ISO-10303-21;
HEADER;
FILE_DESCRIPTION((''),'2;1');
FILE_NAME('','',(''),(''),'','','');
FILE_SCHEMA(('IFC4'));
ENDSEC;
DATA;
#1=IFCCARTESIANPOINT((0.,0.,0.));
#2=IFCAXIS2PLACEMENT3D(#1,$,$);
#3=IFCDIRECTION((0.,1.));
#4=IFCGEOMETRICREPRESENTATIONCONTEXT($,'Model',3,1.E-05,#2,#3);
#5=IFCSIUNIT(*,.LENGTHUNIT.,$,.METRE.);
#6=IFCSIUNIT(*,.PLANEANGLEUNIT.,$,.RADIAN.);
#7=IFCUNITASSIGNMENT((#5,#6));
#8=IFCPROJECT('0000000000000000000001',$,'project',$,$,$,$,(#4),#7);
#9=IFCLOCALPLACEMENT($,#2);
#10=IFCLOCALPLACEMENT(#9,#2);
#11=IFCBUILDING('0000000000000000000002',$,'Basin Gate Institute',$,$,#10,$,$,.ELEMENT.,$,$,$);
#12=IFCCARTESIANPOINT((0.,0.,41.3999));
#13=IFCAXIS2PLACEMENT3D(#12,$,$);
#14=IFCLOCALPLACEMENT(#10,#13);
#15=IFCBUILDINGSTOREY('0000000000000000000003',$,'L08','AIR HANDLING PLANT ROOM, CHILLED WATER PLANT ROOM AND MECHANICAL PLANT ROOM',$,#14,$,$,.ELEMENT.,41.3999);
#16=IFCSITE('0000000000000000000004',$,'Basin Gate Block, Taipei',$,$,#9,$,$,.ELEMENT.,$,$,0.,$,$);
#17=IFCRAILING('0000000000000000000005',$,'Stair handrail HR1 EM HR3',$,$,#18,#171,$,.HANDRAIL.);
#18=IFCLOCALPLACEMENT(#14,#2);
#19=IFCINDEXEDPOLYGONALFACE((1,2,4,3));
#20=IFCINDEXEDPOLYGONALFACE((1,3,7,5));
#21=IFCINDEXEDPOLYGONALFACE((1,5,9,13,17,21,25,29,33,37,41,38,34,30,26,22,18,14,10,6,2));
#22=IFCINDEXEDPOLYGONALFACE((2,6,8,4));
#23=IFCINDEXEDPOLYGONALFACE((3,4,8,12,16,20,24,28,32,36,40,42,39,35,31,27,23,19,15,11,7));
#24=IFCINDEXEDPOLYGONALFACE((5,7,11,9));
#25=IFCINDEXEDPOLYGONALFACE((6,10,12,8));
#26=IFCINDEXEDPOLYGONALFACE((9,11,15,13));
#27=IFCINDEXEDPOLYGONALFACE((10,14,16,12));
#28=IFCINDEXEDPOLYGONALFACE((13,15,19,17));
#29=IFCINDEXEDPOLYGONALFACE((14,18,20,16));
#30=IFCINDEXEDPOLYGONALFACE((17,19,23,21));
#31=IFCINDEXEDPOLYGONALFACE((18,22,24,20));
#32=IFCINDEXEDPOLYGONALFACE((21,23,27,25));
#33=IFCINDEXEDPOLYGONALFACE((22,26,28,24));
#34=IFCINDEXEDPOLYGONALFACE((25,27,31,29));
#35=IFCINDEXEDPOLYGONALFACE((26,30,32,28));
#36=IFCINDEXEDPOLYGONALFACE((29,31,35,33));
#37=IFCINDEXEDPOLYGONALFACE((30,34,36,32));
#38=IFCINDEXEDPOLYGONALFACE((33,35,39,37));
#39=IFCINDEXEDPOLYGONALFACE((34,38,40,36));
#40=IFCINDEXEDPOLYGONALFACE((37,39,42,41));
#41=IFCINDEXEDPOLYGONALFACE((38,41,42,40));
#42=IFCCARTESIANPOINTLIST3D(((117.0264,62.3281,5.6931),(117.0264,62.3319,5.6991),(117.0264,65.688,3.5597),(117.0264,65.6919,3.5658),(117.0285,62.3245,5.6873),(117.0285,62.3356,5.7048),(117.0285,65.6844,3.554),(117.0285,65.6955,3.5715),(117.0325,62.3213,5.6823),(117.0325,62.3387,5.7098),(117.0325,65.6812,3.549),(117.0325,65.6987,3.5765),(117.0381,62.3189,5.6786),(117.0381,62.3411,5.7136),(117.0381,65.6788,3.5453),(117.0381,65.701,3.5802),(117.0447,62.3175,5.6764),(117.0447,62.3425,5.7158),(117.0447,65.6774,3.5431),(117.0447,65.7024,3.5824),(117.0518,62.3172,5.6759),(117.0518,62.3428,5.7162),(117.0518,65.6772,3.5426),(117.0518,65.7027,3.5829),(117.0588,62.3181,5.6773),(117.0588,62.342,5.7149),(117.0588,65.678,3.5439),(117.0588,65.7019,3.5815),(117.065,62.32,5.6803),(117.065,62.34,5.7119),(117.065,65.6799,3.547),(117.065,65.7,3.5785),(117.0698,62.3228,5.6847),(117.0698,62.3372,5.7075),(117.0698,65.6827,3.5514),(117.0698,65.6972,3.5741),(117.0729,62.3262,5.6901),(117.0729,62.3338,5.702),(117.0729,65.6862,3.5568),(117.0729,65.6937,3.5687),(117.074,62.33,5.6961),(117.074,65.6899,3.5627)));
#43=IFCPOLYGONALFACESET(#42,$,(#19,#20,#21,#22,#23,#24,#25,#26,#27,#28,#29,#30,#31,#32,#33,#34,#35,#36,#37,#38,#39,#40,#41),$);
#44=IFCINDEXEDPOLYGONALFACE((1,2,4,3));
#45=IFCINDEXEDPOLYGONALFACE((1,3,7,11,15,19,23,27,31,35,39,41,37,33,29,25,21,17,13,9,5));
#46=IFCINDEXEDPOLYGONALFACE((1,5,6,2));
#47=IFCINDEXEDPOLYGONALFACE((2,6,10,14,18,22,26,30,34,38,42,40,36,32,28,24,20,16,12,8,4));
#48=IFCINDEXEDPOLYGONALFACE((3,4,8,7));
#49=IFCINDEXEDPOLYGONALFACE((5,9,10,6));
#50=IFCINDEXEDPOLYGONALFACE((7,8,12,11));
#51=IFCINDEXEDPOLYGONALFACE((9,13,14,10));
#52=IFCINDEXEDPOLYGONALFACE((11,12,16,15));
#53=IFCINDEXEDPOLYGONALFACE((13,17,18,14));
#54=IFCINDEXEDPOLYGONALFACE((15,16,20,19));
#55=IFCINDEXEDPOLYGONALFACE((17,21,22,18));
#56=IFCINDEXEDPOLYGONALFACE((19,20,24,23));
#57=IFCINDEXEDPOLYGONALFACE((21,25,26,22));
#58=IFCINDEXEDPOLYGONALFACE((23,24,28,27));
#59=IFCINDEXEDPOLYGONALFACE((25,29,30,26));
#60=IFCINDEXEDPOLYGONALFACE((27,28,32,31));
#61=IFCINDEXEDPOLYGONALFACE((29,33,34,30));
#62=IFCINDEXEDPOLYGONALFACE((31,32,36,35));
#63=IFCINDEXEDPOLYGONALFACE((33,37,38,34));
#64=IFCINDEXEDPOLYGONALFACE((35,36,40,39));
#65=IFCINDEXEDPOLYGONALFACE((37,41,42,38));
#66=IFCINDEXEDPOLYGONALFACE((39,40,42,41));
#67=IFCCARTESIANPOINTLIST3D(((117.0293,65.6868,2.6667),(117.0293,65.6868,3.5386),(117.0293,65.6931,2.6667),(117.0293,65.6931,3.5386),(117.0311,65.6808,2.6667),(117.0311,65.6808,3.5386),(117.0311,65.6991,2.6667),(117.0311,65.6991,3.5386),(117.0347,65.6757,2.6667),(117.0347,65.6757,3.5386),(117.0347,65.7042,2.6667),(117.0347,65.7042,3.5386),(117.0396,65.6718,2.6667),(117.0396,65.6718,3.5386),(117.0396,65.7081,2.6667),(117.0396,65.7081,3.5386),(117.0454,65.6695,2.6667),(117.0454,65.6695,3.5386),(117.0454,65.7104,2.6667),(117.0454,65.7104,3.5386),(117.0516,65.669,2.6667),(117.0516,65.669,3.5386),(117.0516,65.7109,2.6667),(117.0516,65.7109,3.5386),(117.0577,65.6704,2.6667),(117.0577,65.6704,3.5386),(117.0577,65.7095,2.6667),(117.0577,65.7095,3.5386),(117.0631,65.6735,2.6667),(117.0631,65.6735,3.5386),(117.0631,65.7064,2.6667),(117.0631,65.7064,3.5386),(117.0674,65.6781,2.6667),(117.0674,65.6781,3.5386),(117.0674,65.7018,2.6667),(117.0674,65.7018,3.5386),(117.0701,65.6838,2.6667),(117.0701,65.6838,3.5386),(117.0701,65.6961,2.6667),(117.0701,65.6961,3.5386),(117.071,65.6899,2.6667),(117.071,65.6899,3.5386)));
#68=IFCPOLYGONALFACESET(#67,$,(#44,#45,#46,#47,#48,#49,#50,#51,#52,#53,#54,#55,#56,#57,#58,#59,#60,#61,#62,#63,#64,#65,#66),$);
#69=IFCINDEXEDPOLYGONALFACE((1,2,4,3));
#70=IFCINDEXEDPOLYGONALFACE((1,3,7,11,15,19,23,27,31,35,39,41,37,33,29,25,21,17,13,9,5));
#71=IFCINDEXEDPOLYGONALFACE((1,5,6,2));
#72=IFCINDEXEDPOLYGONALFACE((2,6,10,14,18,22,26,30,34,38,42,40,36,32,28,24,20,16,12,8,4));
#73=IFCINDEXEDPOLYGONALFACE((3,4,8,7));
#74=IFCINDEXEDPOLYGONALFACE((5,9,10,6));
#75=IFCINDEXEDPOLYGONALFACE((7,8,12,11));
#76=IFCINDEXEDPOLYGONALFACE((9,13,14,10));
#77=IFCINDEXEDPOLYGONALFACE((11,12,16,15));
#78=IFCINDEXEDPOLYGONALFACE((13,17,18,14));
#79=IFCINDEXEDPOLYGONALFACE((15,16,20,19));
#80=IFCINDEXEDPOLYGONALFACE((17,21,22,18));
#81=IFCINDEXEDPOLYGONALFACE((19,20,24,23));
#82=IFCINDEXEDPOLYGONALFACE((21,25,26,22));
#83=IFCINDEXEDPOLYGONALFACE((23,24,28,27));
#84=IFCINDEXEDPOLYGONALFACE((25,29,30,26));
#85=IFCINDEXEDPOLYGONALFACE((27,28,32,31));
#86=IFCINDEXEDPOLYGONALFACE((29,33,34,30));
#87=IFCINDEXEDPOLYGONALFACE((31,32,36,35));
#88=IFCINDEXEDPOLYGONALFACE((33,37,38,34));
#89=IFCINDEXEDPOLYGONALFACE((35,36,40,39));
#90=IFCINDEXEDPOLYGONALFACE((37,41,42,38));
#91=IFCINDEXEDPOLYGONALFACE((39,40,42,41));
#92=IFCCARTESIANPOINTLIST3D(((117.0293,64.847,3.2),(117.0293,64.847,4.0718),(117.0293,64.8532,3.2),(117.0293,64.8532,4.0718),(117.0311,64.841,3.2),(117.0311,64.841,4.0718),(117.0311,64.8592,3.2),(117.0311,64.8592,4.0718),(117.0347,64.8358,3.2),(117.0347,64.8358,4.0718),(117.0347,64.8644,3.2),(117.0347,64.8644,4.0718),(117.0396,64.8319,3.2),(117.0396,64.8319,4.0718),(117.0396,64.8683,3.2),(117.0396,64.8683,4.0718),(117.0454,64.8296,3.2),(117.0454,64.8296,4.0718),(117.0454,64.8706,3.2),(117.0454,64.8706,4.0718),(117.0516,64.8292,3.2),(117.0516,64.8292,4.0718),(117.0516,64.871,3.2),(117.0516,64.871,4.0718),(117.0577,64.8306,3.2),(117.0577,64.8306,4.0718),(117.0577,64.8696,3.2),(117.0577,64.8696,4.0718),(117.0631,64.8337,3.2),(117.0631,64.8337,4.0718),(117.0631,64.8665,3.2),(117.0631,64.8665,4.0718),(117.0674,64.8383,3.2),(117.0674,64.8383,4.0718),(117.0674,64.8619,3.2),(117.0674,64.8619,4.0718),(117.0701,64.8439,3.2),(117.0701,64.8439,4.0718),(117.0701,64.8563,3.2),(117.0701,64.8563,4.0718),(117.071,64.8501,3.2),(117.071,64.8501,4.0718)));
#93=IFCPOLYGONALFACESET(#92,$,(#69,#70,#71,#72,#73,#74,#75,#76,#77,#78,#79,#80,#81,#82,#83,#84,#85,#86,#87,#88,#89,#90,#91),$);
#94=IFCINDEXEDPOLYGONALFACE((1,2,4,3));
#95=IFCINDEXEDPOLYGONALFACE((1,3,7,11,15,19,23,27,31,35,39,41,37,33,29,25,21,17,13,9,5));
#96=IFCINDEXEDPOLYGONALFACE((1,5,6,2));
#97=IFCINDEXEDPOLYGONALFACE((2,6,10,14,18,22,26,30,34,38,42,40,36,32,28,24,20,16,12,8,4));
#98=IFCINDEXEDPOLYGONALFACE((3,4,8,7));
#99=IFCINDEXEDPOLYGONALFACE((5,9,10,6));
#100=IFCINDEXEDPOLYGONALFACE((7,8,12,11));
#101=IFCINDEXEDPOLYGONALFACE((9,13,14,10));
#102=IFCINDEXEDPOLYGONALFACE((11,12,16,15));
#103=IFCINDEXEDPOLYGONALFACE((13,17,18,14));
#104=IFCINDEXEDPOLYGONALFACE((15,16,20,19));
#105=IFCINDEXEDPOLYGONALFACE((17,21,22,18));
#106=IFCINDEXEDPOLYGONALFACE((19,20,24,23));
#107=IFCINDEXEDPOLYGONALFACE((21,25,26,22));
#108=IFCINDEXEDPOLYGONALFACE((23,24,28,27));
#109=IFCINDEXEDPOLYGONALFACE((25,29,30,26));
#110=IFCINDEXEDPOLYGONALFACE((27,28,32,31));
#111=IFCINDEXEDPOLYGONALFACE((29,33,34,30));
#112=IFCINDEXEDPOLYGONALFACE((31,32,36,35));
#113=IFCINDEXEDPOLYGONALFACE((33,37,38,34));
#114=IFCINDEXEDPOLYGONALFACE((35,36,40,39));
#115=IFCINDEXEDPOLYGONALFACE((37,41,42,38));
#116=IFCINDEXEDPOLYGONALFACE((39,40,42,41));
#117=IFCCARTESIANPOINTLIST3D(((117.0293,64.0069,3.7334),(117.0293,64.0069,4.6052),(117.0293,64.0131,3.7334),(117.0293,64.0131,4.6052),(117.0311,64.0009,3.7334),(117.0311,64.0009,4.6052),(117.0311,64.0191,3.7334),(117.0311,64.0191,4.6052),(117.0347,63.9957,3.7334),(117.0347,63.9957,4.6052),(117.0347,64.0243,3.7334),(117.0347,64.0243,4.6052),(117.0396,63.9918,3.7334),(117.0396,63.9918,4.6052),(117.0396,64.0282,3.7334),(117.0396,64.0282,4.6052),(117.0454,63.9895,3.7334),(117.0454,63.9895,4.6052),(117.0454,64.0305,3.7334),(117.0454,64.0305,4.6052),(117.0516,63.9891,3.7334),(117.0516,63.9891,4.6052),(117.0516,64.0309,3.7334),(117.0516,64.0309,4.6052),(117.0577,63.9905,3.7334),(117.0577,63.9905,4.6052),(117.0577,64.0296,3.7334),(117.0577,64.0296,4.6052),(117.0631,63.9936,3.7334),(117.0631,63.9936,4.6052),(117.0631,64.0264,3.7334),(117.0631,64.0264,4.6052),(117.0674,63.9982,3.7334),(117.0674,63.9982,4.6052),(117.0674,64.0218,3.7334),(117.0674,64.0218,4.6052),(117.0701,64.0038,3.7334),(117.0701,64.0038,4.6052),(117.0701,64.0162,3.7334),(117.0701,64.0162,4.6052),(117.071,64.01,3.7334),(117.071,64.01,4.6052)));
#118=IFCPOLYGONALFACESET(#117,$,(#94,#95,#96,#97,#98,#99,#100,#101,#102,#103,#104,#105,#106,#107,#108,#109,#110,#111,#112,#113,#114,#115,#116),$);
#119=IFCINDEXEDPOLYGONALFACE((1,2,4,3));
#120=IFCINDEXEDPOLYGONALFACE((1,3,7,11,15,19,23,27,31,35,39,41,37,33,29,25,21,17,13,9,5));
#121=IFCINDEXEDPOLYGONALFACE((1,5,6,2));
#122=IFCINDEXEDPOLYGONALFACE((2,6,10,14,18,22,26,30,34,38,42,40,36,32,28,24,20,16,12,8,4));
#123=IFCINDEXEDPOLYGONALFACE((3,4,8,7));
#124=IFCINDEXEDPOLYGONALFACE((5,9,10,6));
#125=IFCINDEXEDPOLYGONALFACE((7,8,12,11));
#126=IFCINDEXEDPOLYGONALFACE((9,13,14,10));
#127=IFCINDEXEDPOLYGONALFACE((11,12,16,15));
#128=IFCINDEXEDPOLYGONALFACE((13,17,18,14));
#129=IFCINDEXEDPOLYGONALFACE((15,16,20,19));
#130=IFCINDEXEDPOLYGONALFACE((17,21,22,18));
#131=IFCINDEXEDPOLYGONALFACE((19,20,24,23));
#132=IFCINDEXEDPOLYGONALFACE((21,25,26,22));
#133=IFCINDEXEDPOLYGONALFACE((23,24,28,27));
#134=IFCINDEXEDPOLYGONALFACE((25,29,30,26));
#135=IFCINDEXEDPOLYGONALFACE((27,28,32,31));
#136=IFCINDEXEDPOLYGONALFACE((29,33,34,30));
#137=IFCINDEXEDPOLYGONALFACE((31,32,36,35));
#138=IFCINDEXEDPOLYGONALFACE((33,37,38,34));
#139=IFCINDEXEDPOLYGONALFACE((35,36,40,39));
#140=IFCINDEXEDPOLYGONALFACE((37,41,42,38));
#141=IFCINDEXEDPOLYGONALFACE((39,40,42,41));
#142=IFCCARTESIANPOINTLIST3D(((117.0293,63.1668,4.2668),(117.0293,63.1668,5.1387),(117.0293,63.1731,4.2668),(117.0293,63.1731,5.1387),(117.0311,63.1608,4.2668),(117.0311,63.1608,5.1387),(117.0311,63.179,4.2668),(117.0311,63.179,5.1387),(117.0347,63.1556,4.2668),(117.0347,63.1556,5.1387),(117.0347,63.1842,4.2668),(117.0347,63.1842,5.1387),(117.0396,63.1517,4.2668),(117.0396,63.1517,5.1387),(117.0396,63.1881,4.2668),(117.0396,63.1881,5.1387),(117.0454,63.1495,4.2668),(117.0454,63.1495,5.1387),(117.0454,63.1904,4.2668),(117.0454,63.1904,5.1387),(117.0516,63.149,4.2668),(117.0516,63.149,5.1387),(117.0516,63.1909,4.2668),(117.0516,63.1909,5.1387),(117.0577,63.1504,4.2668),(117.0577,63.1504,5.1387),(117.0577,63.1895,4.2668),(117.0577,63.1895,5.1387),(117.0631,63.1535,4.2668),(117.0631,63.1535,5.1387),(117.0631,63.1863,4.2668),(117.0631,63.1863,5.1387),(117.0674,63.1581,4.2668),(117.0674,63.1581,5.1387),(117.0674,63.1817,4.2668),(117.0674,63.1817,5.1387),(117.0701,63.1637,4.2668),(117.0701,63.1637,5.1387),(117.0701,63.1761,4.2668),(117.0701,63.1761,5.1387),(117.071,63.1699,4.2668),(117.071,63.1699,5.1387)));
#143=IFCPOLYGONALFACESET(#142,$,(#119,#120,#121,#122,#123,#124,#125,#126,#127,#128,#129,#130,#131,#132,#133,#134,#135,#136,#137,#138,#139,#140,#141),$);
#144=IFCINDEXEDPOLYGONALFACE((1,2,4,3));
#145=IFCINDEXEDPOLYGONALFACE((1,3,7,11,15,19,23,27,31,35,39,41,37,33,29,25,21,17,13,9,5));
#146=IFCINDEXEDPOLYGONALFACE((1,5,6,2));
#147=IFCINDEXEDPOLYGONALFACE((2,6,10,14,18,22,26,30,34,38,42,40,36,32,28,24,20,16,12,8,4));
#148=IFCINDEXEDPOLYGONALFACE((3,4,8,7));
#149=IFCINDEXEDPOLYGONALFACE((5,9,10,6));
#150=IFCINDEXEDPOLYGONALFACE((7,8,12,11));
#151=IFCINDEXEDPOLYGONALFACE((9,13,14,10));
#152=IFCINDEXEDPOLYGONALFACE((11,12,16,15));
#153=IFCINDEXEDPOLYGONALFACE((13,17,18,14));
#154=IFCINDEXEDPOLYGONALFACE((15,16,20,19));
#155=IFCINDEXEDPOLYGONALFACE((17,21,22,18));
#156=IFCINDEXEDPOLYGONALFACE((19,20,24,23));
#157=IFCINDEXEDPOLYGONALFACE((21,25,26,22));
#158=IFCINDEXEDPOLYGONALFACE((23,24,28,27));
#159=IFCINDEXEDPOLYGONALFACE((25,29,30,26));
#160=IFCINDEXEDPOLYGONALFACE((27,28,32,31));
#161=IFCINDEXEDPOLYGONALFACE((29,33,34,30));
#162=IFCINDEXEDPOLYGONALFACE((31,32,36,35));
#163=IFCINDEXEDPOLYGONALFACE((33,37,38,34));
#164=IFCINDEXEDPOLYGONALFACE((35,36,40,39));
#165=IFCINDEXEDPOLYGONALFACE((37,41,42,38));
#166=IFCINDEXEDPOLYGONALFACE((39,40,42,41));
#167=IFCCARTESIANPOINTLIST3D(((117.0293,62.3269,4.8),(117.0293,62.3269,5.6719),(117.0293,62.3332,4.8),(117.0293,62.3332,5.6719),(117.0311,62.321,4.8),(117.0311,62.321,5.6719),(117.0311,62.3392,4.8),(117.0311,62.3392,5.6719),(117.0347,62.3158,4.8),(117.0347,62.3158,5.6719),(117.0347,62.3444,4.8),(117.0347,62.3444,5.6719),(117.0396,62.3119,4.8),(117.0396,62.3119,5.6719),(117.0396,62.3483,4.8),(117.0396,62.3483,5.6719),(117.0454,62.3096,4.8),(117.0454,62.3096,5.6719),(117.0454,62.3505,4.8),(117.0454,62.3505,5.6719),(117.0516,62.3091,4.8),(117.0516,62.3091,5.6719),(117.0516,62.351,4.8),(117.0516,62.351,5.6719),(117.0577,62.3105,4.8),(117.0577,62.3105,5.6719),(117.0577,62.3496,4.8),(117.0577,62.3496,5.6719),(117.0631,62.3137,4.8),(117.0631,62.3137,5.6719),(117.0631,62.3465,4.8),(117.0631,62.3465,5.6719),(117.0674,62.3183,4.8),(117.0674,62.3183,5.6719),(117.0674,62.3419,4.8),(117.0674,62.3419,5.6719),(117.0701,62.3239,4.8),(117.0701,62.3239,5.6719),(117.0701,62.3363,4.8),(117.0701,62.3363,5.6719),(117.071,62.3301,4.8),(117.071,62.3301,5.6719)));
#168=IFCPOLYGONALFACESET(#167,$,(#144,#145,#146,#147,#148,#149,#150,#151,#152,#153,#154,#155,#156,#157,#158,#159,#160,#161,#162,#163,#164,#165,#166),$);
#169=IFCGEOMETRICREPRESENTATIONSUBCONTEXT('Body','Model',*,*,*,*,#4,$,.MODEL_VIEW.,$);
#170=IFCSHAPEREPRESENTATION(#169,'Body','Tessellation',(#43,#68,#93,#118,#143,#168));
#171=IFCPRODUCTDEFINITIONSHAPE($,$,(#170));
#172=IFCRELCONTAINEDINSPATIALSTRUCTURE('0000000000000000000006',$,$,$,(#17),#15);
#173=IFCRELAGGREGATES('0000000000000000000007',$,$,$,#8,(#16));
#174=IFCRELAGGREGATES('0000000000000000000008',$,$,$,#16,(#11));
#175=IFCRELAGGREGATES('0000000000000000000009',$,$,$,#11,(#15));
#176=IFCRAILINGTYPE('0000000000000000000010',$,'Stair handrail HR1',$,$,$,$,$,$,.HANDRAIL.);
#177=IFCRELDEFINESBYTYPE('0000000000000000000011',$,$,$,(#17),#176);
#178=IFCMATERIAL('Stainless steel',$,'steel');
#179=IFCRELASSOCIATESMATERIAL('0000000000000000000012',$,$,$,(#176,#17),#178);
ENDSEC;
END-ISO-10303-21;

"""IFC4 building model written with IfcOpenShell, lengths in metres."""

from ifc_helpers import new_model, si_unit, direction, frame, origin, origin_2d, place, context, subcontext, project, spatial, circle, extrude, material, type_object, element, save


model = new_model("IFC4")

# Units and contexts
model_context = context("Model", 3, precision=1e-05, world=origin(), true_north=direction((0.0, 1.0)))
body_context = subcontext(model_context, "Body", "Model", "MODEL_VIEW")
ifc_project = project(units=[si_unit("LENGTHUNIT", "METRE"), si_unit("PLANEANGLEUNIT", "RADIAN")], contexts=[model_context])

# Site, building, storey
site_placement = place(None, origin())
site = spatial("IfcSite", under=ifc_project, at=site_placement, Name="Basin Gate Block, Taipei", CompositionType="ELEMENT", RefElevation=0.0)
building_placement = place(site_placement, origin())
building = spatial("IfcBuilding", under=site, at=building_placement, Name="Basin Gate Institute", CompositionType="ELEMENT")
storey_placement = place(building_placement, frame((0.0, 0.0, 41.3999)))
storey = spatial("IfcBuildingStorey", under=building, at=storey_placement, Name="L08", Description="AIR HANDLING PLANT ROOM, CHILLED WATER PLANT ROOM AND MECHANICAL PLANT ROOM", CompositionType="ELEMENT", Elevation=41.3999)

# Railing
ifc_material_1 = material(Name="Stainless steel", Category="steel")
railing_type_1 = type_object("IfcRailingType", Name="Stair handrail HR1", PredefinedType="HANDRAIL", material=ifc_material_1)
railing_1_placement = place(storey_placement, frame((117.05, 65.6899, 2.6667)))
element("IfcRailing", 1, at=railing_1_placement, inside=storey, type_object=railing_type_1, material=ifc_material_1, Name="Stair handrail HR1 EM HR3", PredefinedType="HANDRAIL", context=body_context, shape_type="SweptSolid", body=[
    extrude(circle(Radius=0.0239, at=origin_2d()), frame((0.0, 0.0, 0.896), z_axis=(0.0, -0.844207, 0.536018), x_axis=(1.0, 0.0, 0.0)), (0.0, 0.0, 1.0), 3.98),
    extrude(circle(Radius=0.021, at=origin_2d()), origin(), (0.0, 0.0, 1.0), 0.8718),
    extrude(circle(Radius=0.021, at=origin_2d()), frame((0.0, -0.8398, 0.5332)), (0.0, 0.0, 1.0), 0.8718),
    extrude(circle(Radius=0.021, at=origin_2d()), frame((0.0, -1.6799, 1.0667)), (0.0, 0.0, 1.0), 0.8718),
    extrude(circle(Radius=0.021, at=origin_2d()), frame((0.0, -2.52, 1.6001)), (0.0, 0.0, 1.0), 0.8718),
    extrude(circle(Radius=0.021, at=origin_2d()), frame((0.0, -3.3599, 2.1333)), (0.0, 0.0, 1.0), 0.8718),
])

save(model, "model.ifc")
